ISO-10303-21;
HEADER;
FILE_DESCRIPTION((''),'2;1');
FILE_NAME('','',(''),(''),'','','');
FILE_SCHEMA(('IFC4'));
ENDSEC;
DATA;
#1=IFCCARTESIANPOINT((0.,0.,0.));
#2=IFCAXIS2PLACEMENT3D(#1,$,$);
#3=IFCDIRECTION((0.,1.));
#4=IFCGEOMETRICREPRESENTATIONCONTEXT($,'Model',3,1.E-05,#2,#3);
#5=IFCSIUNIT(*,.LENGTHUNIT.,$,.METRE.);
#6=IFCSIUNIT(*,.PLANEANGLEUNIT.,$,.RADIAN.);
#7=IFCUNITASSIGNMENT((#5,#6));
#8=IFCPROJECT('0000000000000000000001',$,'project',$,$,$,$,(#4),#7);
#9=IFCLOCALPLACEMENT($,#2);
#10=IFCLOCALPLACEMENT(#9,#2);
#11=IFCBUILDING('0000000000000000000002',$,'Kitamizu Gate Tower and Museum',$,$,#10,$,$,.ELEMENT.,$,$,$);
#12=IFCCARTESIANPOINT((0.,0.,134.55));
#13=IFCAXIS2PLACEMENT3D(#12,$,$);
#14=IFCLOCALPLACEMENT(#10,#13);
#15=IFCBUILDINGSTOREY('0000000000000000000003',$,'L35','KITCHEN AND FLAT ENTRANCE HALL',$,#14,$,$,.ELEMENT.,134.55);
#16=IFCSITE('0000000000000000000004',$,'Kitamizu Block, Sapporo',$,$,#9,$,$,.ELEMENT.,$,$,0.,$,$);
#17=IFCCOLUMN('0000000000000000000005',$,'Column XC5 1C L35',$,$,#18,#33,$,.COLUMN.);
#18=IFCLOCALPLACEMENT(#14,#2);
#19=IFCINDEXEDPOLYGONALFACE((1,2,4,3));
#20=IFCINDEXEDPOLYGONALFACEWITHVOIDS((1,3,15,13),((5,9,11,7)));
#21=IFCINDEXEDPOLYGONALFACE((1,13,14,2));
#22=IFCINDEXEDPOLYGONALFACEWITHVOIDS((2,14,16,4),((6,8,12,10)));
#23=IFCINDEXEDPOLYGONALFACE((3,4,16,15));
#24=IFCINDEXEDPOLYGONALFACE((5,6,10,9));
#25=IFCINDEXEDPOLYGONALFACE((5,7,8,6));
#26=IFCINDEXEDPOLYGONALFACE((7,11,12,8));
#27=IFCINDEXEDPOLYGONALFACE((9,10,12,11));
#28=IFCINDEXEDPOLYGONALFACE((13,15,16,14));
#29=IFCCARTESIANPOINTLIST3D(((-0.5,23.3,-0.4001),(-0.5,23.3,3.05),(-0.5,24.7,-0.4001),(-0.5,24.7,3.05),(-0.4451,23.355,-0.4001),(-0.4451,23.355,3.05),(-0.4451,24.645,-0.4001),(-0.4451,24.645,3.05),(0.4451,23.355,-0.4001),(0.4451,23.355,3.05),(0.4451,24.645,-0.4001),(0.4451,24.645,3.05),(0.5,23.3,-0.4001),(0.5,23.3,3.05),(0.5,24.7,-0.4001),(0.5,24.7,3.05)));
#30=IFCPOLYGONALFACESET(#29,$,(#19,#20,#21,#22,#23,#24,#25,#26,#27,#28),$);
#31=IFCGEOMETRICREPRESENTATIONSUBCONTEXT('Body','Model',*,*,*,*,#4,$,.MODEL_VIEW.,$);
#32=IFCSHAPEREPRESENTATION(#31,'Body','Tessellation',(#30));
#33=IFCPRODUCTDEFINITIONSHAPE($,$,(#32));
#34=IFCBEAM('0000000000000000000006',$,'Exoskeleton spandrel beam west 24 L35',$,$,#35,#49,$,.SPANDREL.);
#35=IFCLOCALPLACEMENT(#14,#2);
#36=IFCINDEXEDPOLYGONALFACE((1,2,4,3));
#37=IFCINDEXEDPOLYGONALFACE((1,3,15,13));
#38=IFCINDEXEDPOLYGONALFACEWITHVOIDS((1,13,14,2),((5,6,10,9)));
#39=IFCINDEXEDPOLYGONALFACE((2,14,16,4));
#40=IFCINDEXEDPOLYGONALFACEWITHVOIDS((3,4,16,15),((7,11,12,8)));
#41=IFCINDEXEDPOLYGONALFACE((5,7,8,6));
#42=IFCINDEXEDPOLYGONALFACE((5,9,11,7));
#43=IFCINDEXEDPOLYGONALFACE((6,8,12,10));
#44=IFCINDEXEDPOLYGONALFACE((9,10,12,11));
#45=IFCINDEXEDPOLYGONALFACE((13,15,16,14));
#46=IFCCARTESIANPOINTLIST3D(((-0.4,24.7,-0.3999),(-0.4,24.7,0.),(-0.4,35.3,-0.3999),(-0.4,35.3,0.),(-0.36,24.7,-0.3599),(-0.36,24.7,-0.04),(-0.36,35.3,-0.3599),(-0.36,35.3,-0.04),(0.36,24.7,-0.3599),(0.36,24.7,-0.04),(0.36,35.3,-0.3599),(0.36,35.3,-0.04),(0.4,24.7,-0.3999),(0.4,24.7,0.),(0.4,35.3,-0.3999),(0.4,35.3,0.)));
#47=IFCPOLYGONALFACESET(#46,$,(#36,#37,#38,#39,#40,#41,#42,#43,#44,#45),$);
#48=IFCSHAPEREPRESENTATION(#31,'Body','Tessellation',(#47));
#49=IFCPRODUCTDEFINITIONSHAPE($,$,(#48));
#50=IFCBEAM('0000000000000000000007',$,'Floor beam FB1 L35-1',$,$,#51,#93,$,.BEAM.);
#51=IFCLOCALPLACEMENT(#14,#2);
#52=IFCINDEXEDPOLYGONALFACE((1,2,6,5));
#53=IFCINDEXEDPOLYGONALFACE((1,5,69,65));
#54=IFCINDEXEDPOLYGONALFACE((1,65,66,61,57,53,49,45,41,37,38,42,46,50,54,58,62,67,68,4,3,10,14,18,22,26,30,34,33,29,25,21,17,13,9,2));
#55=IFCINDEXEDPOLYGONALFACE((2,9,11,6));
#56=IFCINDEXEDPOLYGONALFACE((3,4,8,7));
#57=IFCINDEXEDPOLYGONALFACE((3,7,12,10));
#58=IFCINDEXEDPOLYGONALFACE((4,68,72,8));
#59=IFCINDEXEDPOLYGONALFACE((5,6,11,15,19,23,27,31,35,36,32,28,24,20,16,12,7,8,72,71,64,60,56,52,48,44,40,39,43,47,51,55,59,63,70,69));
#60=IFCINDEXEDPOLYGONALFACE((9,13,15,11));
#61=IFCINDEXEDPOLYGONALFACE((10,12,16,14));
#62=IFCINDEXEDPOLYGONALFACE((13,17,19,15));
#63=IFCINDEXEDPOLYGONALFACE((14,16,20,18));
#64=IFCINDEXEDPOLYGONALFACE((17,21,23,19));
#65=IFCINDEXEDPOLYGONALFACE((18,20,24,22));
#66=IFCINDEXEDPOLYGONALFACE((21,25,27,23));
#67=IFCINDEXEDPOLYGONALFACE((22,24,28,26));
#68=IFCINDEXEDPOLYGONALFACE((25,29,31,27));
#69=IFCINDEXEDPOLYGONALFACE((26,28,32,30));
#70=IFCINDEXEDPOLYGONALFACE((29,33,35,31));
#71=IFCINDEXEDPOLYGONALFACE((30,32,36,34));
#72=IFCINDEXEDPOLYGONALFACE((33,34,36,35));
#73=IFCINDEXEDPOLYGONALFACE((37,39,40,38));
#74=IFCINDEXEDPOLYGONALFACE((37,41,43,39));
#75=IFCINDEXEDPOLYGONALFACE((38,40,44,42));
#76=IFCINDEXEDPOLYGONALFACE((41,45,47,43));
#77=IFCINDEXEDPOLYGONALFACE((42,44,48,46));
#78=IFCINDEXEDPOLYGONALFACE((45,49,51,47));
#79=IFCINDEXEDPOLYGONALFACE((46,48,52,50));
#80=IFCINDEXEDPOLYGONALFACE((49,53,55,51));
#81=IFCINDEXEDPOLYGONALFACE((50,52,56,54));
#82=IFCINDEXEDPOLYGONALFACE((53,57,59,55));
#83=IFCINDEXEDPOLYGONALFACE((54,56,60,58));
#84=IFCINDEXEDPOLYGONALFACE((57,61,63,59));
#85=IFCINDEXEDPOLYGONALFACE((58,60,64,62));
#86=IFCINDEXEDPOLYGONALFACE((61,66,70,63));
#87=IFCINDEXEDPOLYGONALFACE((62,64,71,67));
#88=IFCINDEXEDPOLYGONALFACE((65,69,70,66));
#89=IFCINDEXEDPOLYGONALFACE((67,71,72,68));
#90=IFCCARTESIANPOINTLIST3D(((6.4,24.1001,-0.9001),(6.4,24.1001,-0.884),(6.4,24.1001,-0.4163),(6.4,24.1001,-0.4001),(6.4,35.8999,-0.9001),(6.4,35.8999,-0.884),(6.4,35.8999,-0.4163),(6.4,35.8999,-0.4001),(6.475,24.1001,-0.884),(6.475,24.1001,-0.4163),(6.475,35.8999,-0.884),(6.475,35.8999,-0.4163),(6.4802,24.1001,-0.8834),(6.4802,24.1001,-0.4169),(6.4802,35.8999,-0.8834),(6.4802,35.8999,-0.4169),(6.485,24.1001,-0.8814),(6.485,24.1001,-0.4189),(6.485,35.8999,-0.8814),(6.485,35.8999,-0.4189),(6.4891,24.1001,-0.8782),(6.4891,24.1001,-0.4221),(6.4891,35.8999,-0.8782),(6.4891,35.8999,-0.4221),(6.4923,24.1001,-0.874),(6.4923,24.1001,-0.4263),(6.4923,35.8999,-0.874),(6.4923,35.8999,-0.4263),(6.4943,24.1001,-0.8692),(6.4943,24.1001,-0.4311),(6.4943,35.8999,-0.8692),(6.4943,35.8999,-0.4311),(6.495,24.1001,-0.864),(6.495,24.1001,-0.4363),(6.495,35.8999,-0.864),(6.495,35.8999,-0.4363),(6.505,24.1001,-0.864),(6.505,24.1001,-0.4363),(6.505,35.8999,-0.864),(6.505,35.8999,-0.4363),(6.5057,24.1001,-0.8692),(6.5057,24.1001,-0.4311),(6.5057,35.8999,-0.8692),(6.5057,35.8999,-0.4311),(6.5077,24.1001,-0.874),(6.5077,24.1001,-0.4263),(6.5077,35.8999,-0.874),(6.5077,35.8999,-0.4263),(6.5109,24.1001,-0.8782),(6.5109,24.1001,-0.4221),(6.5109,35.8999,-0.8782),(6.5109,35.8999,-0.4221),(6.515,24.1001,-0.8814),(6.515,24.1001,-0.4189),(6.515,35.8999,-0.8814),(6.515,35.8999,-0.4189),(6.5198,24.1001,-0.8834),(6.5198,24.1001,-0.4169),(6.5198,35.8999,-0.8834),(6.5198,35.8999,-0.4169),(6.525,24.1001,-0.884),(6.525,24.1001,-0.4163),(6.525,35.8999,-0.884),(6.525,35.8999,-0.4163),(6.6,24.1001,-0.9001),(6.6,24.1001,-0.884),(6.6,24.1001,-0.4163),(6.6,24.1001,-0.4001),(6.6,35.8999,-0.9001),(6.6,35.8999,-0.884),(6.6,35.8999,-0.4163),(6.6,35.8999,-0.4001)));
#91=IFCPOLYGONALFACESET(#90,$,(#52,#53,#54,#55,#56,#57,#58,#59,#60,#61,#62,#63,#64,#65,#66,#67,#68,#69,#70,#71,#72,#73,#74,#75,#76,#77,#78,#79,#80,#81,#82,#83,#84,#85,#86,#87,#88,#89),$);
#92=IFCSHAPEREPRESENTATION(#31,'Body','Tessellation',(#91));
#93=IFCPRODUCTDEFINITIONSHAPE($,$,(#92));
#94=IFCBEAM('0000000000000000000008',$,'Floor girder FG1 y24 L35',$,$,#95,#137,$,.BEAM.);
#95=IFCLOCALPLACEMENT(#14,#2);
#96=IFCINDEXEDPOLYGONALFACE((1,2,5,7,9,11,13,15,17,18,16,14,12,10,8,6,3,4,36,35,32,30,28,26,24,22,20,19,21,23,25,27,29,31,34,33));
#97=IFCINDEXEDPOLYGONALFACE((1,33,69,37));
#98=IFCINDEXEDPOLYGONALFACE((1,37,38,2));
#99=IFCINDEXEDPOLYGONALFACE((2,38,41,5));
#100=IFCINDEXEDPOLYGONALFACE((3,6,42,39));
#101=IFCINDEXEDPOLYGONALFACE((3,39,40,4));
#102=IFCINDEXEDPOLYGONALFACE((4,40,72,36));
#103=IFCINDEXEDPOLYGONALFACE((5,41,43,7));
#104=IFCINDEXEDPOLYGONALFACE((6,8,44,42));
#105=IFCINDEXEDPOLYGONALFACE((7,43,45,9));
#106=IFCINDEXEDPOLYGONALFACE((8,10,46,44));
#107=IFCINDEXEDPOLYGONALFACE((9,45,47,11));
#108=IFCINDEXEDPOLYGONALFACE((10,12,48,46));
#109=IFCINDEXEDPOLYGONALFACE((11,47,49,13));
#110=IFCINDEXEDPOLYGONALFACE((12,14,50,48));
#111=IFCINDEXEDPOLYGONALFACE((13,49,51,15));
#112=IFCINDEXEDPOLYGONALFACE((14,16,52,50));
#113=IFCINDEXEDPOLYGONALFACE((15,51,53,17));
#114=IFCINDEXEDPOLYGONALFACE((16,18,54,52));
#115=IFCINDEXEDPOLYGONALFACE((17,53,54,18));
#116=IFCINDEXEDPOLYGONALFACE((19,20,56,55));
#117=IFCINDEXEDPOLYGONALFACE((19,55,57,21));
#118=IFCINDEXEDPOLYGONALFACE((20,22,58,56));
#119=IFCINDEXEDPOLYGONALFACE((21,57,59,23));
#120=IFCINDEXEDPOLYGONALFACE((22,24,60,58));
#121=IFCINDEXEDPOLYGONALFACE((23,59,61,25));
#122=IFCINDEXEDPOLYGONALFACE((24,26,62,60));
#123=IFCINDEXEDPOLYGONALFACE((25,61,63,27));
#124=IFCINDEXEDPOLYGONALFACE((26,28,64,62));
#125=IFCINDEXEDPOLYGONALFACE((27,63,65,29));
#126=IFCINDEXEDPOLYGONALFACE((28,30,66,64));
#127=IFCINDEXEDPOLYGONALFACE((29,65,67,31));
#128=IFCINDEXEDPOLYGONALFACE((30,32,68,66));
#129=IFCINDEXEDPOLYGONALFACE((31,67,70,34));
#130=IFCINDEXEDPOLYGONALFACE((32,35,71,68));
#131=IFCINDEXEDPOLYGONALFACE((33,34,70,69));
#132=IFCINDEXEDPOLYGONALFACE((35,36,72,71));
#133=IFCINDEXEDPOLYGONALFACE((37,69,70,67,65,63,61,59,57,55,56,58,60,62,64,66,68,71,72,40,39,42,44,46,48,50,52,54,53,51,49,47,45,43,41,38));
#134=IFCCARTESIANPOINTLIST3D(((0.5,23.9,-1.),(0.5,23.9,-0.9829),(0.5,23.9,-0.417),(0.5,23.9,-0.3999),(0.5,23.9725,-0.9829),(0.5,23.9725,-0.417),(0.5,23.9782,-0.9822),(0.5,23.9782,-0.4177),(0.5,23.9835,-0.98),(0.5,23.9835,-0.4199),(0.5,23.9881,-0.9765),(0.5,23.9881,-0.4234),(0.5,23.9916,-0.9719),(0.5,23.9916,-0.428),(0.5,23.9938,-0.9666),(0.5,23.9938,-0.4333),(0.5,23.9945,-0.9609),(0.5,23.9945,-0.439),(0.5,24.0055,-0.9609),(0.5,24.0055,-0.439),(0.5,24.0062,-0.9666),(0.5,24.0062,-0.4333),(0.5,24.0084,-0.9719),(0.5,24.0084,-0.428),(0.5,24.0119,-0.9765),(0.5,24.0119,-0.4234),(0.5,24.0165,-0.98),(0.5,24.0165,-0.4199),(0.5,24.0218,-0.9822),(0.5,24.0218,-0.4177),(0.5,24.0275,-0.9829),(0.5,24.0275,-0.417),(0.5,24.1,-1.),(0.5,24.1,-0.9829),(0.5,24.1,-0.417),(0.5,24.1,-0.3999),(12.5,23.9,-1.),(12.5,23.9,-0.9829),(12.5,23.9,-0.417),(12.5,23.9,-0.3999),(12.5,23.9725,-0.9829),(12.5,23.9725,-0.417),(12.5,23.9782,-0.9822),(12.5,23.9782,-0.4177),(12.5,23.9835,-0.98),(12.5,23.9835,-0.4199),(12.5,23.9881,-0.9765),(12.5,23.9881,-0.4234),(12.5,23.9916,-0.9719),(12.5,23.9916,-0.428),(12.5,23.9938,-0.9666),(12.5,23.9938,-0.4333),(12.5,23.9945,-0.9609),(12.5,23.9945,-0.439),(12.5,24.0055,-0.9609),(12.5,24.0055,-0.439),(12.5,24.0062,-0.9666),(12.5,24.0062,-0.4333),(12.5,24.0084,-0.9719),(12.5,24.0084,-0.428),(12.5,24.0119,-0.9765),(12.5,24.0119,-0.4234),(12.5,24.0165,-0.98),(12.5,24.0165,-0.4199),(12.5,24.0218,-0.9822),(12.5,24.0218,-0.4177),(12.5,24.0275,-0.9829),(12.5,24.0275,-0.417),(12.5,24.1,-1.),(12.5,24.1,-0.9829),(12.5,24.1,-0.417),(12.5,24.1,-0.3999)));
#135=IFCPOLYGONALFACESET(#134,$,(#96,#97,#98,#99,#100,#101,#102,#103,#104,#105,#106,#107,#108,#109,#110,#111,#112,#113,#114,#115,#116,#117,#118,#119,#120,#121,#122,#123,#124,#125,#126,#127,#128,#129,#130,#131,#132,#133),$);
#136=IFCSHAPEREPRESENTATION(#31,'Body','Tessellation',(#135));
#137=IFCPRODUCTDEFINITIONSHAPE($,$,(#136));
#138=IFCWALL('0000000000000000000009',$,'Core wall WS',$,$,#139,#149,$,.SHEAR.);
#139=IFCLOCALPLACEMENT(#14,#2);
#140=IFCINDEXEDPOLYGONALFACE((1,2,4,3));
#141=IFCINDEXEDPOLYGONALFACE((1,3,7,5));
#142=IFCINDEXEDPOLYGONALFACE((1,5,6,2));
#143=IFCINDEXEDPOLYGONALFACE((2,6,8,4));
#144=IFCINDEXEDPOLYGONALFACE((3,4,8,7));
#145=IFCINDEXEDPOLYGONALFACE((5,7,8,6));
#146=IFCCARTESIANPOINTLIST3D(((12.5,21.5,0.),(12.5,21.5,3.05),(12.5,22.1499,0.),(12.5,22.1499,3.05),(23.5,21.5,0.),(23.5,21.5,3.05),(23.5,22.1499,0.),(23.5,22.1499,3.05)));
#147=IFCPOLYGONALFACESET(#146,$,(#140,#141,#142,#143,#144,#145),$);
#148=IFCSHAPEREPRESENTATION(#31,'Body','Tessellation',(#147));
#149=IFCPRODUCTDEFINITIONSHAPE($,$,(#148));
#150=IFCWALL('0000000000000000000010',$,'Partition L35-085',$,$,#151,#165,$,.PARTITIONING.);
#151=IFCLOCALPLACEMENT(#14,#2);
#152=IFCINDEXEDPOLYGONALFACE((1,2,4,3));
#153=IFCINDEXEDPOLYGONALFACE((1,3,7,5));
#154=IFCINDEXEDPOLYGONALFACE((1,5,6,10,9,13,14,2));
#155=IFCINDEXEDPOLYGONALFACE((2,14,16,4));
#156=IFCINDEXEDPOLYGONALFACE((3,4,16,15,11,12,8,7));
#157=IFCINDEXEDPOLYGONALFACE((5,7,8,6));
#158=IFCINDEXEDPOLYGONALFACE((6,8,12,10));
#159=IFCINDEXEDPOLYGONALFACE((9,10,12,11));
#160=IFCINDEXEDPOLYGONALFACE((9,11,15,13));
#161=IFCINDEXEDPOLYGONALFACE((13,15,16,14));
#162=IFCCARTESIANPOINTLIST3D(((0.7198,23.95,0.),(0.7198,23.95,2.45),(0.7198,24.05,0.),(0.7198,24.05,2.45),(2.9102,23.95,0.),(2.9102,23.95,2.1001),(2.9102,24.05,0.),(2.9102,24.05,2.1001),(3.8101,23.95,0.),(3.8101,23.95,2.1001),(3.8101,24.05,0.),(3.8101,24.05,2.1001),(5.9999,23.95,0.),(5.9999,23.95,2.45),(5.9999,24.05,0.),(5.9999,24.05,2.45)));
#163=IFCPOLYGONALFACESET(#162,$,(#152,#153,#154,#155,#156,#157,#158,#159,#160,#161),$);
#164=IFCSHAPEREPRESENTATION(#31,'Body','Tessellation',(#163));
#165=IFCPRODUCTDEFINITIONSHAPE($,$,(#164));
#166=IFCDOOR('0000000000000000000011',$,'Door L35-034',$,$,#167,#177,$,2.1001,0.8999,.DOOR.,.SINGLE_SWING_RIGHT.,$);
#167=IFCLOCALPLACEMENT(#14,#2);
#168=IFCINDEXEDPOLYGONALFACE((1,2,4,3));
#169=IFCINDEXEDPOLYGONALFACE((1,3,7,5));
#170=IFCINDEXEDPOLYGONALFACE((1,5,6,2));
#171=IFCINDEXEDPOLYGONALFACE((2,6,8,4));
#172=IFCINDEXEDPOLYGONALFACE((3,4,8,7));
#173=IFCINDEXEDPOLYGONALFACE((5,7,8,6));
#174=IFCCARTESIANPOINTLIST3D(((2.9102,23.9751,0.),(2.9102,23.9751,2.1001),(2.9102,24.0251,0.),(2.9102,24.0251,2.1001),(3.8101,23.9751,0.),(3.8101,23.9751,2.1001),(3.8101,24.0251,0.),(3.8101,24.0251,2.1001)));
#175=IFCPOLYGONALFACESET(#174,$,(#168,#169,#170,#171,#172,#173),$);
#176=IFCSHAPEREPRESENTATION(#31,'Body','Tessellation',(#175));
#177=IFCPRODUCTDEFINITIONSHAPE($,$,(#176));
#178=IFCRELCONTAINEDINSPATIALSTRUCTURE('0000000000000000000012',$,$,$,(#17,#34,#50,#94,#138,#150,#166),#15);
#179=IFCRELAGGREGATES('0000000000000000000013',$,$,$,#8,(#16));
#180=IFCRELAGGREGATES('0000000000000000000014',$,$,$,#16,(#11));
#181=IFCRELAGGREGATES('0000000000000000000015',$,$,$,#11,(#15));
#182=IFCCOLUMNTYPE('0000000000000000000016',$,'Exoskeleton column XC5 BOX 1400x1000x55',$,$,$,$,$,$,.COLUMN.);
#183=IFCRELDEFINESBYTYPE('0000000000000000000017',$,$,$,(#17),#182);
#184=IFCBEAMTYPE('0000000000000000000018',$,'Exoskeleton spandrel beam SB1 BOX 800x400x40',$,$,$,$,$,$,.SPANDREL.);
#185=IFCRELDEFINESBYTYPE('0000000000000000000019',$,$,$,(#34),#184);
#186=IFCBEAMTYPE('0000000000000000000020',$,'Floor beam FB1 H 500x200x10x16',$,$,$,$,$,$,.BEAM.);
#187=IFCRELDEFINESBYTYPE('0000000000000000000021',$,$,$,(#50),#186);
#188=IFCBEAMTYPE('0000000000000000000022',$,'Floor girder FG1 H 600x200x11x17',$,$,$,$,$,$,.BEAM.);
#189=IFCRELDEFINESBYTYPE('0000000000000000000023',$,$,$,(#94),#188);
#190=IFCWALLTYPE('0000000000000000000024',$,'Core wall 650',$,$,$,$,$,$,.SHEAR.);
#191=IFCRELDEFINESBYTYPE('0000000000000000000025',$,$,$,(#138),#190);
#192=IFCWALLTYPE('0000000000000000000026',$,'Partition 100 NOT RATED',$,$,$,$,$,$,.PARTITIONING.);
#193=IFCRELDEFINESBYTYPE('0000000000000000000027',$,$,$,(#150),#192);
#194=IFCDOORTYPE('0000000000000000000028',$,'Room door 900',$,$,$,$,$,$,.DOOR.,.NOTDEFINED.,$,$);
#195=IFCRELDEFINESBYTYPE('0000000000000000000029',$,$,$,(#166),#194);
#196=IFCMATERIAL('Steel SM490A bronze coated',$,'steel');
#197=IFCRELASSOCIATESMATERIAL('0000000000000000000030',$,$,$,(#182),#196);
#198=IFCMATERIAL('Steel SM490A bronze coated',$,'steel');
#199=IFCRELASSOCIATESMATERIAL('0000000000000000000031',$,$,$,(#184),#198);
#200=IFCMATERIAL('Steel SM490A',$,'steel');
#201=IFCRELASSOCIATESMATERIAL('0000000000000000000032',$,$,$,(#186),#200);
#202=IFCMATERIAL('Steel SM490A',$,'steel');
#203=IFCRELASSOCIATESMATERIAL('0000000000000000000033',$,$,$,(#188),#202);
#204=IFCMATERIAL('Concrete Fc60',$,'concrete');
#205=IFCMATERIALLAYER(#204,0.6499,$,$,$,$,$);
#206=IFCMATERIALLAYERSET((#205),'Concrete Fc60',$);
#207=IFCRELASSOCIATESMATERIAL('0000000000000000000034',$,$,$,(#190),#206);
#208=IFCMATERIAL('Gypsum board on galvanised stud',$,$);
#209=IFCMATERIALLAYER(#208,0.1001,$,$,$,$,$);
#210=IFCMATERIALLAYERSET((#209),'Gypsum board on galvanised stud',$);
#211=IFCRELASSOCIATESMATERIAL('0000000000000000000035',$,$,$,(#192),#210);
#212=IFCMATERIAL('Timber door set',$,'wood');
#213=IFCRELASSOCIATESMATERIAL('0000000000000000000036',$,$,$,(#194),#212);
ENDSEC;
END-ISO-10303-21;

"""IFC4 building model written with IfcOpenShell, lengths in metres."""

from ifc_helpers import new_model, si_unit, direction, frame, frame_2d, origin, origin_2d, place, context, subcontext, project, spatial, rectangle, hollow_rectangle, i_section, extrude, material, layer, layer_set, material_profile, profile_set, type_object, element, fill, save


model = new_model("IFC4")

# Units and contexts
model_context = context("Model", 3, precision=1e-05, world=origin(), true_north=direction((0.0, 1.0)))
body_context = subcontext(model_context, "Body", "Model", "MODEL_VIEW")
ifc_project = project(units=[si_unit("LENGTHUNIT", "METRE"), si_unit("PLANEANGLEUNIT", "RADIAN")], contexts=[model_context])

# Site, building, storey
site_placement = place(None, origin())
site = spatial("IfcSite", under=ifc_project, at=site_placement, Name="Kitamizu Block, Sapporo", CompositionType="ELEMENT", RefElevation=0.0)
building_placement = place(site_placement, origin())
building = spatial("IfcBuilding", under=site, at=building_placement, Name="Kitamizu Gate Tower and Museum", CompositionType="ELEMENT")
storey_placement = place(building_placement, frame((0.0, 0.0, 134.55)))
storey = spatial("IfcBuildingStorey", under=building, at=storey_placement, Name="L35", Description="KITCHEN AND FLAT ENTRANCE HALL", CompositionType="ELEMENT", Elevation=134.55)

# Column
ifc_material_1 = material(Name="Steel SM490A bronze coated", Category="steel")
ifc_material_profile_1 = material_profile(ifc_material_1, hollow_rectangle(XDim=1.3999, YDim=1.0, WallThickness=0.0549, at=origin_2d()), Name="BOX 1400x1000x55")
ifc_profile_set_1 = profile_set([ifc_material_profile_1], Name="Steel SM490A bronze coated")
column_type = type_object("IfcColumnType", Name="Exoskeleton column XC5 BOX 1400x1000x55", PredefinedType="COLUMN", material=ifc_profile_set_1)
column_placement = place(storey_placement, frame((0.0, 24.0, -0.4001), z_axis=(0.0, 0.0, 1.0), x_axis=(0.0, 1.0, 0.0)))
element("IfcColumn", 1, at=column_placement, inside=storey, type_object=column_type, Name="Column XC5 1C L35", PredefinedType="COLUMN", context=body_context, shape_type="SweptSolid", body=[
    extrude(hollow_rectangle(XDim=1.3999, YDim=1.0, WallThickness=0.0549, at=origin_2d()), origin(), (0.0, 0.0, 1.0), 3.4502),
])

# Beams
ifc_material_2 = material(Name="Steel SM490A bronze coated", Category="steel")
ifc_material_profile_2 = material_profile(ifc_material_2, hollow_rectangle(XDim=0.8, YDim=0.3999, WallThickness=0.04, at=origin_2d()), Name="BOX 800x400x40")
ifc_profile_set_2 = profile_set([ifc_material_profile_2], Name="Steel SM490A bronze coated")
beam_type_1 = type_object("IfcBeamType", Name="Exoskeleton spandrel beam SB1 BOX 800x400x40", PredefinedType="SPANDREL", material=ifc_profile_set_2)
beam_1_placement = place(storey_placement, frame((0.0, 24.7, -0.2), z_axis=(0.0, 1.0, 0.0), x_axis=(-1.0, 0.0, 0.0)))
element("IfcBeam", 2, at=beam_1_placement, inside=storey, type_object=beam_type_1, Name="Exoskeleton spandrel beam west 24 L35", PredefinedType="SPANDREL", context=body_context, shape_type="SweptSolid", body=[
    extrude(hollow_rectangle(XDim=0.8, YDim=0.3999, WallThickness=0.04, at=origin_2d()), origin(), (0.0, 0.0, 1.0), 10.6001),
])
ifc_material_3 = material(Name="Steel SM490A", Category="steel")
ifc_material_profile_3 = material_profile(ifc_material_3, i_section(OverallWidth=0.2, OverallDepth=0.5, WebThickness=0.01, FlangeThickness=0.0161, FilletRadius=0.02, at=origin_2d()), Name="H-500x200x10x16")
ifc_profile_set_3 = profile_set([ifc_material_profile_3], Name="Steel SM490A")
beam_type_2 = type_object("IfcBeamType", Name="Floor beam FB1 H 500x200x10x16", PredefinedType="BEAM", material=ifc_profile_set_3)
beam_2_placement = place(storey_placement, frame((6.5, 24.1001, -0.6501), z_axis=(0.0, 1.0, 0.0), x_axis=(-1.0, 0.0, 0.0)))
element("IfcBeam", 3, at=beam_2_placement, inside=storey, type_object=beam_type_2, Name="Floor beam FB1 L35-1", PredefinedType="BEAM", context=body_context, shape_type="SweptSolid", body=[
    extrude(i_section(OverallWidth=0.2, OverallDepth=0.5, WebThickness=0.01, FlangeThickness=0.0161, FilletRadius=0.02, at=origin_2d()), origin(), (0.0, 0.0, 1.0), 11.7998),
])
ifc_material_4 = material(Name="Steel SM490A", Category="steel")
ifc_material_profile_4 = material_profile(ifc_material_4, i_section(OverallWidth=0.2, OverallDepth=0.6001, WebThickness=0.011, FlangeThickness=0.0171, FilletRadius=0.022, at=origin_2d()), Name="H-600x200x11x17")
ifc_profile_set_4 = profile_set([ifc_material_profile_4], Name="Steel SM490A")
beam_type_3 = type_object("IfcBeamType", Name="Floor girder FG1 H 600x200x11x17", PredefinedType="BEAM", material=ifc_profile_set_4)
beam_3_placement = place(storey_placement, frame((0.5, 24.0, -0.7), z_axis=(1.0, 0.0, 0.0), x_axis=(0.0, 1.0, 0.0)))
element("IfcBeam", 4, at=beam_3_placement, inside=storey, type_object=beam_type_3, Name="Floor girder FG1 y24 L35", PredefinedType="BEAM", context=body_context, shape_type="SweptSolid", body=[
    extrude(i_section(OverallWidth=0.2, OverallDepth=0.6001, WebThickness=0.011, FlangeThickness=0.0171, FilletRadius=0.022, at=origin_2d()), origin(), (0.0, 0.0, 1.0), 12.0),
])

# Wall
ifc_material_5 = material(Name="Concrete Fc60", Category="concrete")
ifc_layer_1 = layer(ifc_material_5, 0.6499)
ifc_layer_set_1 = layer_set([ifc_layer_1], Name="Concrete Fc60")
wall_type_1 = type_object("IfcWallType", Name="Core wall 650", PredefinedType="SHEAR", material=ifc_layer_set_1)
wall_1_placement = place(storey_placement, frame((12.5, 21.825, 0.0), z_axis=(0.0, 0.0, 1.0), x_axis=(1.0, 0.0, 0.0)))
element("IfcWall", 5, at=wall_1_placement, inside=storey, type_object=wall_type_1, Name="Core wall WS", PredefinedType="SHEAR", context=body_context, shape_type="SweptSolid", body=[
    extrude(rectangle(XDim=11.0, YDim=0.6499, at=frame_2d((5.5, 0.0))), origin(), (0.0, 0.0, 1.0), 3.05),
])

# Wall, opening, door
ifc_material_6 = material(Name="Gypsum board on galvanised stud")
ifc_layer_2 = layer(ifc_material_6, 0.1001)
ifc_layer_set_2 = layer_set([ifc_layer_2], Name="Gypsum board on galvanised stud")
wall_type_2 = type_object("IfcWallType", Name="Partition 100 NOT RATED", PredefinedType="PARTITIONING", material=ifc_layer_set_2)
wall_2_placement = place(storey_placement, frame((6.0, 24.0, 0.0), z_axis=(0.0, 0.0, 1.0), x_axis=(-1.0, 0.0, 0.0)))
wall_2 = element("IfcWall", 6, at=wall_2_placement, inside=storey, type_object=wall_type_2, Name="Partition L35-085", PredefinedType="PARTITIONING", context=body_context, shape_type="SweptSolid", body=[
    extrude(rectangle(XDim=5.28, YDim=0.1001, at=frame_2d((2.6401, 0.0))), origin(), (0.0, 0.0, 1.0), 2.45),
])
opening_1_placement = place(wall_2_placement, frame((2.1899, 0.0, 0.0)))
opening_1 = element("IfcOpeningElement", 7, at=opening_1_placement, cuts=wall_2, PredefinedType="OPENING", context=body_context, shape_type="SweptSolid", body=[
    extrude(rectangle(XDim=0.8999, YDim=2.1001, at=frame_2d((0.45, 1.05))), frame((0.0, 0.0601, 0.0), z_axis=(0.0, -1.0, 0.0), x_axis=(1.0, 0.0, 0.0)), (0.0, 0.0, 1.0), 0.1201),
])
ifc_material_7 = material(Name="Timber door set", Category="wood")
door_type_1 = type_object("IfcDoorType", Name="Room door 900", OperationType="NOTDEFINED", PredefinedType="DOOR", material=ifc_material_7)
door_1_placement = place(opening_1_placement, origin())
door_1 = element("IfcDoor", 8, at=door_1_placement, inside=storey, type_object=door_type_1, Name="Door L35-034", OperationType="SINGLE_SWING_RIGHT", OverallHeight=2.1001, OverallWidth=0.8999, PredefinedType="DOOR", context=body_context, shape_type="SweptSolid", body=[
    extrude(rectangle(XDim=0.8999, YDim=2.1001, at=frame_2d((0.45, 1.05))), frame((0.0, 0.0249, 0.0), z_axis=(0.0, -1.0, 0.0), x_axis=(1.0, 0.0, 0.0)), (0.0, 0.0, 1.0), 0.05),
])
fill(opening_1, door_1)

save(model, "model.ifc")
